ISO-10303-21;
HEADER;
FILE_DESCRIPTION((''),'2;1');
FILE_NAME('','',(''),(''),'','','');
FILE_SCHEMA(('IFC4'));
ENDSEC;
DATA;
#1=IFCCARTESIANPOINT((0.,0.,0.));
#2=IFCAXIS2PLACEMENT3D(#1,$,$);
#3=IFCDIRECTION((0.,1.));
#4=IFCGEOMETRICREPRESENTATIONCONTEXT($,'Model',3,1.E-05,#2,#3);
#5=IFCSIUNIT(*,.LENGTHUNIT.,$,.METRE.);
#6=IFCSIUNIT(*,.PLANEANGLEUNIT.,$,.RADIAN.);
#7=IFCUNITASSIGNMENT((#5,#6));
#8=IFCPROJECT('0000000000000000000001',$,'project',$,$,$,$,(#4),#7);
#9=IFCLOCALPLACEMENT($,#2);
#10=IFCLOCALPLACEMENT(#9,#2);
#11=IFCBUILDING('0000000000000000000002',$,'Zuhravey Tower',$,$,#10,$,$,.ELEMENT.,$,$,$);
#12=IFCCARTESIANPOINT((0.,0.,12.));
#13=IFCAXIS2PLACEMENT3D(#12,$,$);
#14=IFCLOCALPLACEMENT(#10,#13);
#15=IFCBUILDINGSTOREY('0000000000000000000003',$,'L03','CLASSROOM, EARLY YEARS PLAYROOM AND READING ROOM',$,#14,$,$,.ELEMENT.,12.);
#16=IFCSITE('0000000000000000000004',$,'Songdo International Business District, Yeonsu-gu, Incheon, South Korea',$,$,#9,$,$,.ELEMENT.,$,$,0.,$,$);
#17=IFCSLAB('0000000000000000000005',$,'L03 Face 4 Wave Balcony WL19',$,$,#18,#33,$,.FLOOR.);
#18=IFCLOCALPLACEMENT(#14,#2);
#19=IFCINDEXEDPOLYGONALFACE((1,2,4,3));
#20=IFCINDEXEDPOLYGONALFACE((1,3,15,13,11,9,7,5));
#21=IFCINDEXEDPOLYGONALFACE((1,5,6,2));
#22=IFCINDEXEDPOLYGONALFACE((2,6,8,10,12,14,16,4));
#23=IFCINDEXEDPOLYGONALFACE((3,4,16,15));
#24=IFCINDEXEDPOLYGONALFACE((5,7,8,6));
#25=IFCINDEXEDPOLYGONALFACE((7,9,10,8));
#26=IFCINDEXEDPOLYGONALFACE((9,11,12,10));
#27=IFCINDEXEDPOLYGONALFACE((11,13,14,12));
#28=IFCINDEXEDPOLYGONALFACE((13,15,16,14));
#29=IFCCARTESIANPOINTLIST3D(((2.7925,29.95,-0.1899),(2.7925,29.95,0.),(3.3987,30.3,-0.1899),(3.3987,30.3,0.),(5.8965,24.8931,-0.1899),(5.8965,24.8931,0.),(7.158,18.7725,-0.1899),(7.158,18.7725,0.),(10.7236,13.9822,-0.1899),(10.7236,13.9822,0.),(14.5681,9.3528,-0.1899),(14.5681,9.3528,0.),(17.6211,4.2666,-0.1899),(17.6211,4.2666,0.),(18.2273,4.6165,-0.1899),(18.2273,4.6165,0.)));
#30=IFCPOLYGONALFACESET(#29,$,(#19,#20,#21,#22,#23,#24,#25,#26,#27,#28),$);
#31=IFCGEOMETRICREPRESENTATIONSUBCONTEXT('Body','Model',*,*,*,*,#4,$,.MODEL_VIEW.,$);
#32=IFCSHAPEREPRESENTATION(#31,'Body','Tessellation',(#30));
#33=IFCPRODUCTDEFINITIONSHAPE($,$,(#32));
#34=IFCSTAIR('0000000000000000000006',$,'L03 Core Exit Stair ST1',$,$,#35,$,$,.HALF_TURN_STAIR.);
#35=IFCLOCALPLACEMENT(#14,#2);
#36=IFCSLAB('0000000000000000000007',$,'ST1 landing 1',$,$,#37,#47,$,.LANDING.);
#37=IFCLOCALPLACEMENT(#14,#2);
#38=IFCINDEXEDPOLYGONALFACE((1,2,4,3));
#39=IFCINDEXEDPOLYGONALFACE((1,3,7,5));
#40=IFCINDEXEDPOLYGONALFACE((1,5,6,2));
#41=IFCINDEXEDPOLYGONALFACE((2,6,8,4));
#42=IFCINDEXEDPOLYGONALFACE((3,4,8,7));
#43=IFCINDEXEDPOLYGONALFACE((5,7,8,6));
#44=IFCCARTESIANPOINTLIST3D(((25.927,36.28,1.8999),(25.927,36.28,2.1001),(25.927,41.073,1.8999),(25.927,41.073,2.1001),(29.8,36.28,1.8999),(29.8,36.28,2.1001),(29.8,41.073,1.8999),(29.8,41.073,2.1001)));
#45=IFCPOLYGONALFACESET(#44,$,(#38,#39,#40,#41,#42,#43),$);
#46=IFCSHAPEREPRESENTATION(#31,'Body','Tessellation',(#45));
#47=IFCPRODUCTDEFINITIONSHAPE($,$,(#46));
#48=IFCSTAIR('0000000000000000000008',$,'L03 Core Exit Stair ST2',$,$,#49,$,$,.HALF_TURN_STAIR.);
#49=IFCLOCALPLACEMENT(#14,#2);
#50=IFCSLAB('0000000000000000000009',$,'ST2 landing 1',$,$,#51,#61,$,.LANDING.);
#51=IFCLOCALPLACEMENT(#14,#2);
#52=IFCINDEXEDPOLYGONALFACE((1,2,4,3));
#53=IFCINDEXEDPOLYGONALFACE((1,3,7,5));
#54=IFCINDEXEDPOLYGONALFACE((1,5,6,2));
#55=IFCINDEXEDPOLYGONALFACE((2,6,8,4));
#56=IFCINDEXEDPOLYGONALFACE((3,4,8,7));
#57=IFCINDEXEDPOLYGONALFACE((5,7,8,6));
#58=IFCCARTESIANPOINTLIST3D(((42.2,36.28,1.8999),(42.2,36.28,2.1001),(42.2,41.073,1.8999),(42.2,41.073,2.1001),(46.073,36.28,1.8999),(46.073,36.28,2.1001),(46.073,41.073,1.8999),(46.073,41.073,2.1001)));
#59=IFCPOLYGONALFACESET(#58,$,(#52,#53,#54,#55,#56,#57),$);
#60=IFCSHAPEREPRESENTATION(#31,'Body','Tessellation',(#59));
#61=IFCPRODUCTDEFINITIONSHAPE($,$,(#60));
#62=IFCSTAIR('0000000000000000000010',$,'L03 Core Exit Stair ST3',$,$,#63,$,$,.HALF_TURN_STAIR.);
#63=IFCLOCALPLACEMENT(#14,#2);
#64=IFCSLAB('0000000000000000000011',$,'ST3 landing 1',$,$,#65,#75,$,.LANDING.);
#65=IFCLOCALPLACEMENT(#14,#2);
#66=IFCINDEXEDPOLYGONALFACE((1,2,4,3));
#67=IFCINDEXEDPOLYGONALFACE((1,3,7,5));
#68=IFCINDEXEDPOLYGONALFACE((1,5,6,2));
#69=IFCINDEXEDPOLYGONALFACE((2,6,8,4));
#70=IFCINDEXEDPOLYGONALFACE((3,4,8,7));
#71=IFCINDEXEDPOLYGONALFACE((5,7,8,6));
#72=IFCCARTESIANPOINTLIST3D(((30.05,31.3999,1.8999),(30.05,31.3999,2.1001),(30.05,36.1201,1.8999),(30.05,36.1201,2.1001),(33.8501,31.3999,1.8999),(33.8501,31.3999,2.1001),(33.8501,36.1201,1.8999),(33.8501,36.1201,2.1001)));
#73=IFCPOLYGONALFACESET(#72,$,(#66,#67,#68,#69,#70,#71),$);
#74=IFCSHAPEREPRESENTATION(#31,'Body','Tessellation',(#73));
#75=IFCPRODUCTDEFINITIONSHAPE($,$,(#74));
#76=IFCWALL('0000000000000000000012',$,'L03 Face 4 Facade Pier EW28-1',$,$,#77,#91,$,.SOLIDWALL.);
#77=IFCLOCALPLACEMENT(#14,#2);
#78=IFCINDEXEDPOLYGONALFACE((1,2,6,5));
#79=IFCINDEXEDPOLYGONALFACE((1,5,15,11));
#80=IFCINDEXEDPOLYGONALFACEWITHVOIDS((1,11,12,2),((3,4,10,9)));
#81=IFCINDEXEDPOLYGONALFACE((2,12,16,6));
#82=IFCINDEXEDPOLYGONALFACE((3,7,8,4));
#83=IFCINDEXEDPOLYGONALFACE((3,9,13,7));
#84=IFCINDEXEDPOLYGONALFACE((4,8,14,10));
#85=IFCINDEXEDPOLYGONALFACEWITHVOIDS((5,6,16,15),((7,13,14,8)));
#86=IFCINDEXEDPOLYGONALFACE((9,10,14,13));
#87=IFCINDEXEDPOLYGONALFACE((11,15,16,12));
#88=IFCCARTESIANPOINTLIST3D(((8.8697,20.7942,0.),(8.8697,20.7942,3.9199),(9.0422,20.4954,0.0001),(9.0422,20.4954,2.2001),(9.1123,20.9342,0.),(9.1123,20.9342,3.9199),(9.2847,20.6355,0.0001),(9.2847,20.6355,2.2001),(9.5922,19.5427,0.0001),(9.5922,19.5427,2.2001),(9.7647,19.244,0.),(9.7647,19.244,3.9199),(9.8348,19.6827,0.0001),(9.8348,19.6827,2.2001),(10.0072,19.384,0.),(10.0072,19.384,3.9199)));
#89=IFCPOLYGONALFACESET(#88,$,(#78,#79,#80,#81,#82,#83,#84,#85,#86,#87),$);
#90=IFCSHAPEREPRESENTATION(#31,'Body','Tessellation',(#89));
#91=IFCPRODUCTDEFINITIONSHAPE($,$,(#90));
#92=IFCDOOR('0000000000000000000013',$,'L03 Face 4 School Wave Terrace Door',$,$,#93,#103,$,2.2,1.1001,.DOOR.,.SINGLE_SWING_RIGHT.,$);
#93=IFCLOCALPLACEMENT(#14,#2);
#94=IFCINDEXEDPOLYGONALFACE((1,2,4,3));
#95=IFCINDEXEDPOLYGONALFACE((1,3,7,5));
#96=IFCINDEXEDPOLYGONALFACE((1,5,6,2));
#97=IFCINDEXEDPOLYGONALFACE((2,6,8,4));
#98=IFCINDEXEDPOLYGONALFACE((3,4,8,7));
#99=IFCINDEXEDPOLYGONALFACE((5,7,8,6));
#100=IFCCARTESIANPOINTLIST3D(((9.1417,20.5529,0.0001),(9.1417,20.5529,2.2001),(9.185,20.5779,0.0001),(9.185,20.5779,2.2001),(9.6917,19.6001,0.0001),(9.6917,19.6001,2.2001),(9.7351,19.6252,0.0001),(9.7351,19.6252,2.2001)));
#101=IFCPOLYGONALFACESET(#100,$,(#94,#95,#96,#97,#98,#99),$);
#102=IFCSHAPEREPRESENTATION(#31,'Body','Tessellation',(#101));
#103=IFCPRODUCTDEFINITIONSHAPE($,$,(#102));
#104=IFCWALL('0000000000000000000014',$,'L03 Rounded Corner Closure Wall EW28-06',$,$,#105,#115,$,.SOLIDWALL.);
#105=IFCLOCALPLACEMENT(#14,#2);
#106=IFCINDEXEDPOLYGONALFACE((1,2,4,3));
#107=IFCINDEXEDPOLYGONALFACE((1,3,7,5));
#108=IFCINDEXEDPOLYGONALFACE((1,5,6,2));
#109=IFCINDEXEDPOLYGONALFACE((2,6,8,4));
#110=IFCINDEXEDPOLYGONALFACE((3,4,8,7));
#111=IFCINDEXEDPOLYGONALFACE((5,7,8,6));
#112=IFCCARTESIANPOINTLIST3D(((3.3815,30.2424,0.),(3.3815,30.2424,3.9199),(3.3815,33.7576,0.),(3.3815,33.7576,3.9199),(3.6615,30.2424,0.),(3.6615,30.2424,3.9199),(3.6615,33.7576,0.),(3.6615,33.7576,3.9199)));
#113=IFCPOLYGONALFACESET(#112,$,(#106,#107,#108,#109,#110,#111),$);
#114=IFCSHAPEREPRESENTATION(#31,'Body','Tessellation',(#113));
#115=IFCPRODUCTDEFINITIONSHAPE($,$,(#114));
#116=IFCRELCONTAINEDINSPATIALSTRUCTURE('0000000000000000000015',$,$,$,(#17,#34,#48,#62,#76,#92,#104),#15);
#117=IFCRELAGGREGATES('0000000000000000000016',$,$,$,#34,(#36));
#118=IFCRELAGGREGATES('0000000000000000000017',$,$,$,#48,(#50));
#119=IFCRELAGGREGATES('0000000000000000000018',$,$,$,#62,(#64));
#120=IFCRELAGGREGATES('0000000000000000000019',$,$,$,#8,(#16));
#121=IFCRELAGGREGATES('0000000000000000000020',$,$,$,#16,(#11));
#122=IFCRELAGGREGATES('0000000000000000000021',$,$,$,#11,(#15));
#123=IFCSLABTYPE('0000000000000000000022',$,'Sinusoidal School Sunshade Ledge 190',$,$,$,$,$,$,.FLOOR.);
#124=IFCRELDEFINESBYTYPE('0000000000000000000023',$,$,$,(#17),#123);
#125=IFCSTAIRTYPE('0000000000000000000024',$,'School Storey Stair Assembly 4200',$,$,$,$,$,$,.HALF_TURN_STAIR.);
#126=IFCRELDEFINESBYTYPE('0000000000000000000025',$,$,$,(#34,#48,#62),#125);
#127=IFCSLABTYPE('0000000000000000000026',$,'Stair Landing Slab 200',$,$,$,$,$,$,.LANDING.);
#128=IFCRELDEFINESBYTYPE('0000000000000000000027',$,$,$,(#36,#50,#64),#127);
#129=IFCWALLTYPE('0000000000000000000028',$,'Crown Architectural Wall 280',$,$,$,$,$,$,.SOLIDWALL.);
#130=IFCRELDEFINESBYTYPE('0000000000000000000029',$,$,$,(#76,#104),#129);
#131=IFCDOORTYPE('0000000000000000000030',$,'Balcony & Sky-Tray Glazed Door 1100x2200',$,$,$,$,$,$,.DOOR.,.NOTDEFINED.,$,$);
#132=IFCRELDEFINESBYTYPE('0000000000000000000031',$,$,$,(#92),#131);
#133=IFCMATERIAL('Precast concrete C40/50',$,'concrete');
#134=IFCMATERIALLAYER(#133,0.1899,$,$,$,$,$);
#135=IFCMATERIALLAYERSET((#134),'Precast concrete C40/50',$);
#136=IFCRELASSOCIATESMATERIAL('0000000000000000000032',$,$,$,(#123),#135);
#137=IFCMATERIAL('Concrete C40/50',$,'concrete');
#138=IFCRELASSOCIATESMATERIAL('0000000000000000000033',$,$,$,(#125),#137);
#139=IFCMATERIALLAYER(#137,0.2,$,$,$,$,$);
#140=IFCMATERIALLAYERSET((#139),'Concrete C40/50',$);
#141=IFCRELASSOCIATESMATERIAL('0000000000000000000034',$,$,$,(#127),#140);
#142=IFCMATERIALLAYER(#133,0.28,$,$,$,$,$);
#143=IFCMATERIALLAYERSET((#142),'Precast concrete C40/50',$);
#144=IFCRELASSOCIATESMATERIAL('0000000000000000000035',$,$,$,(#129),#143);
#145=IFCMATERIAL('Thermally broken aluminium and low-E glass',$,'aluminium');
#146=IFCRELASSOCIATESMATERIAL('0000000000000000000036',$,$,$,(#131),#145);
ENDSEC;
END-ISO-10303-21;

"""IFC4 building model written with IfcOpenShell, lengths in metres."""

from ifc_helpers import new_model, si_unit, direction, frame, frame_2d, origin, place, context, subcontext, project, spatial, polyline, rectangle, outline, extrude, material, layer, layer_set, type_object, element, fill, aggregate, save


model = new_model("IFC4")

# Units and contexts
model_context = context("Model", 3, precision=1e-05, world=origin(), true_north=direction((0.0, 1.0)))
body_context = subcontext(model_context, "Body", "Model", "MODEL_VIEW")
ifc_project = project(units=[si_unit("LENGTHUNIT", "METRE"), si_unit("PLANEANGLEUNIT", "RADIAN")], contexts=[model_context])

# Site, building, storey
site_placement = place(None, origin())
site = spatial("IfcSite", under=ifc_project, at=site_placement, Name="Songdo International Business District, Yeonsu-gu, Incheon, South Korea", CompositionType="ELEMENT", RefElevation=0.0)
building_placement = place(site_placement, origin())
building = spatial("IfcBuilding", under=site, at=building_placement, Name="Zuhravey Tower", CompositionType="ELEMENT")
storey_placement = place(building_placement, frame((0.0, 0.0, 12.0)))
storey = spatial("IfcBuildingStorey", under=building, at=storey_placement, Name="L03", Description="CLASSROOM, EARLY YEARS PLAYROOM AND READING ROOM", CompositionType="ELEMENT", Elevation=12.0)

# Slab
ifc_material_1 = material(Name="Precast concrete C40/50", Category="concrete")
ifc_layer_1 = layer(ifc_material_1, 0.1899)
ifc_layer_set_1 = layer_set([ifc_layer_1], Name="Precast concrete C40/50")
slab_type_1 = type_object("IfcSlabType", Name="Sinusoidal School Sunshade Ledge 190", PredefinedType="FLOOR", material=ifc_layer_set_1)
slab_1_placement = place(storey_placement, frame((0.0, 0.0, -0.1899)))
element("IfcSlab", 1, at=slab_1_placement, inside=storey, type_object=slab_type_1, Name="L03 Face 4 Wave Balcony WL19", PredefinedType="FLOOR", context=body_context, shape_type="SweptSolid", body=[
    extrude(outline(polyline([(3.3987, 30.3), (18.2273, 4.6165), (17.6211, 4.2666), (14.5681, 9.3528), (10.7236, 13.9822), (7.158, 18.7725), (5.8965, 24.8931), (2.7925, 29.95), (3.3987, 30.3)])), origin(), (0.0, 0.0, 1.0), 0.1899),
])

# Stairs, slabs
ifc_material_2 = material(Name="Concrete C40/50", Category="concrete")
stair_type = type_object("IfcStairType", Name="School Storey Stair Assembly 4200", PredefinedType="HALF_TURN_STAIR", material=ifc_material_2)
stair_1_placement = place(storey_placement, origin())
stair_1 = element("IfcStair", 2, at=stair_1_placement, inside=storey, type_object=stair_type, Name="L03 Core Exit Stair ST1", PredefinedType="HALF_TURN_STAIR")
ifc_layer_2 = layer(ifc_material_2, 0.2)
ifc_layer_set_2 = layer_set([ifc_layer_2], Name="Concrete C40/50")
slab_type_2 = type_object("IfcSlabType", Name="Stair Landing Slab 200", PredefinedType="LANDING", material=ifc_layer_set_2)
slab_2_placement = place(storey_placement, frame((0.0, 0.0, 1.8999)))
slab_2 = element("IfcSlab", 3, at=slab_2_placement, type_object=slab_type_2, Name="ST1 landing 1", PredefinedType="LANDING", context=body_context, shape_type="SweptSolid", body=[
    extrude(outline(polyline([(29.8, 36.28), (29.8, 41.073), (25.927, 41.073), (25.927, 36.28), (29.8, 36.28)])), origin(), (0.0, 0.0, 1.0), 0.2002),
])
aggregate(stair_1, [slab_2])
stair_2_placement = place(storey_placement, origin())
stair_2 = element("IfcStair", 4, at=stair_2_placement, inside=storey, type_object=stair_type, Name="L03 Core Exit Stair ST2", PredefinedType="HALF_TURN_STAIR")
slab_3_placement = place(storey_placement, frame((0.0, 0.0, 1.8999)))
slab_3 = element("IfcSlab", 5, at=slab_3_placement, type_object=slab_type_2, Name="ST2 landing 1", PredefinedType="LANDING", context=body_context, shape_type="SweptSolid", body=[
    extrude(outline(polyline([(46.073, 36.28), (46.073, 41.073), (42.2, 41.073), (42.2, 36.28), (46.073, 36.28)])), origin(), (0.0, 0.0, 1.0), 0.2002),
])
aggregate(stair_2, [slab_3])
stair_3_placement = place(storey_placement, origin())
stair_3 = element("IfcStair", 6, at=stair_3_placement, inside=storey, type_object=stair_type, Name="L03 Core Exit Stair ST3", PredefinedType="HALF_TURN_STAIR")
slab_4_placement = place(storey_placement, frame((0.0, 0.0, 1.8999)))
slab_4 = element("IfcSlab", 7, at=slab_4_placement, type_object=slab_type_2, Name="ST3 landing 1", PredefinedType="LANDING", context=body_context, shape_type="SweptSolid", body=[
    extrude(outline(polyline([(30.05, 36.1201), (30.05, 31.3999), (33.8501, 31.3999), (33.8501, 36.1201), (30.05, 36.1201)])), origin(), (0.0, 0.0, 1.0), 0.2002),
])
aggregate(stair_3, [slab_4])

# Wall, opening, door
ifc_layer_3 = layer(ifc_material_1, 0.28)
ifc_layer_set_3 = layer_set([ifc_layer_3], Name="Precast concrete C40/50")
wall_type = type_object("IfcWallType", Name="Crown Architectural Wall 280", PredefinedType="SOLIDWALL", material=ifc_layer_set_3)
wall_1_placement = place(storey_placement, frame((9.886, 19.314, 0.0), z_axis=(0.0, 0.0, 1.0), x_axis=(-0.499982, 0.866036, 0.0)))
wall_1 = element("IfcWall", 8, at=wall_1_placement, inside=storey, type_object=wall_type, Name="L03 Face 4 Facade Pier EW28-1", PredefinedType="SOLIDWALL", context=body_context, shape_type="SweptSolid", body=[
    extrude(rectangle(XDim=1.79, YDim=0.28, at=frame_2d((0.895, 0.0))), origin(), (0.0, 0.0, 1.0), 3.9199),
])
opening_placement = place(wall_1_placement, frame((0.345, 0.0, 0.0)))
opening = element("IfcOpeningElement", 9, at=opening_placement, cuts=wall_1, PredefinedType="OPENING", context=body_context, shape_type="SweptSolid", body=[
    extrude(rectangle(XDim=1.1001, YDim=2.2, at=frame_2d((0.55, 1.1001))), frame((0.0, 0.1521, 0.0), z_axis=(0.0, -1.0, 0.0), x_axis=(1.0, 0.0, 0.0)), (0.0, 0.0, 1.0), 0.304),
])
ifc_material_3 = material(Name="Thermally broken aluminium and low-E glass", Category="aluminium")
door_type = type_object("IfcDoorType", Name="Balcony & Sky-Tray Glazed Door 1100x2200", OperationType="NOTDEFINED", PredefinedType="DOOR", material=ifc_material_3)
door_placement = place(opening_placement, frame((1.1001, 0.0, 0.0), z_axis=(0.0, 0.0, 1.0), x_axis=(-1.0, 0.0, 0.0)))
door = element("IfcDoor", 10, at=door_placement, inside=storey, type_object=door_type, Name="L03 Face 4 School Wave Terrace Door", OperationType="SINGLE_SWING_RIGHT", OverallHeight=2.2, OverallWidth=1.1001, PredefinedType="DOOR", context=body_context, shape_type="SweptSolid", body=[
    extrude(rectangle(XDim=1.1001, YDim=2.2, at=frame_2d((0.55, 1.1001))), frame((0.0, 0.0249, 0.0), z_axis=(0.0, -1.0, 0.0), x_axis=(1.0, 0.0, 0.0)), (0.0, 0.0, 1.0), 0.05),
])
fill(opening, door)

# Wall
wall_2_placement = place(storey_placement, frame((3.5215, 30.2424, 0.0), z_axis=(0.0, 0.0, 1.0), x_axis=(0.0, 1.0, 0.0)))
element("IfcWall", 11, at=wall_2_placement, inside=storey, type_object=wall_type, Name="L03 Rounded Corner Closure Wall EW28-06", PredefinedType="SOLIDWALL", context=body_context, shape_type="SweptSolid", body=[
    extrude(rectangle(XDim=3.5151, YDim=0.28, at=frame_2d((1.7576, 0.0))), origin(), (0.0, 0.0, 1.0), 3.9199),
])

save(model, "model.ifc")
